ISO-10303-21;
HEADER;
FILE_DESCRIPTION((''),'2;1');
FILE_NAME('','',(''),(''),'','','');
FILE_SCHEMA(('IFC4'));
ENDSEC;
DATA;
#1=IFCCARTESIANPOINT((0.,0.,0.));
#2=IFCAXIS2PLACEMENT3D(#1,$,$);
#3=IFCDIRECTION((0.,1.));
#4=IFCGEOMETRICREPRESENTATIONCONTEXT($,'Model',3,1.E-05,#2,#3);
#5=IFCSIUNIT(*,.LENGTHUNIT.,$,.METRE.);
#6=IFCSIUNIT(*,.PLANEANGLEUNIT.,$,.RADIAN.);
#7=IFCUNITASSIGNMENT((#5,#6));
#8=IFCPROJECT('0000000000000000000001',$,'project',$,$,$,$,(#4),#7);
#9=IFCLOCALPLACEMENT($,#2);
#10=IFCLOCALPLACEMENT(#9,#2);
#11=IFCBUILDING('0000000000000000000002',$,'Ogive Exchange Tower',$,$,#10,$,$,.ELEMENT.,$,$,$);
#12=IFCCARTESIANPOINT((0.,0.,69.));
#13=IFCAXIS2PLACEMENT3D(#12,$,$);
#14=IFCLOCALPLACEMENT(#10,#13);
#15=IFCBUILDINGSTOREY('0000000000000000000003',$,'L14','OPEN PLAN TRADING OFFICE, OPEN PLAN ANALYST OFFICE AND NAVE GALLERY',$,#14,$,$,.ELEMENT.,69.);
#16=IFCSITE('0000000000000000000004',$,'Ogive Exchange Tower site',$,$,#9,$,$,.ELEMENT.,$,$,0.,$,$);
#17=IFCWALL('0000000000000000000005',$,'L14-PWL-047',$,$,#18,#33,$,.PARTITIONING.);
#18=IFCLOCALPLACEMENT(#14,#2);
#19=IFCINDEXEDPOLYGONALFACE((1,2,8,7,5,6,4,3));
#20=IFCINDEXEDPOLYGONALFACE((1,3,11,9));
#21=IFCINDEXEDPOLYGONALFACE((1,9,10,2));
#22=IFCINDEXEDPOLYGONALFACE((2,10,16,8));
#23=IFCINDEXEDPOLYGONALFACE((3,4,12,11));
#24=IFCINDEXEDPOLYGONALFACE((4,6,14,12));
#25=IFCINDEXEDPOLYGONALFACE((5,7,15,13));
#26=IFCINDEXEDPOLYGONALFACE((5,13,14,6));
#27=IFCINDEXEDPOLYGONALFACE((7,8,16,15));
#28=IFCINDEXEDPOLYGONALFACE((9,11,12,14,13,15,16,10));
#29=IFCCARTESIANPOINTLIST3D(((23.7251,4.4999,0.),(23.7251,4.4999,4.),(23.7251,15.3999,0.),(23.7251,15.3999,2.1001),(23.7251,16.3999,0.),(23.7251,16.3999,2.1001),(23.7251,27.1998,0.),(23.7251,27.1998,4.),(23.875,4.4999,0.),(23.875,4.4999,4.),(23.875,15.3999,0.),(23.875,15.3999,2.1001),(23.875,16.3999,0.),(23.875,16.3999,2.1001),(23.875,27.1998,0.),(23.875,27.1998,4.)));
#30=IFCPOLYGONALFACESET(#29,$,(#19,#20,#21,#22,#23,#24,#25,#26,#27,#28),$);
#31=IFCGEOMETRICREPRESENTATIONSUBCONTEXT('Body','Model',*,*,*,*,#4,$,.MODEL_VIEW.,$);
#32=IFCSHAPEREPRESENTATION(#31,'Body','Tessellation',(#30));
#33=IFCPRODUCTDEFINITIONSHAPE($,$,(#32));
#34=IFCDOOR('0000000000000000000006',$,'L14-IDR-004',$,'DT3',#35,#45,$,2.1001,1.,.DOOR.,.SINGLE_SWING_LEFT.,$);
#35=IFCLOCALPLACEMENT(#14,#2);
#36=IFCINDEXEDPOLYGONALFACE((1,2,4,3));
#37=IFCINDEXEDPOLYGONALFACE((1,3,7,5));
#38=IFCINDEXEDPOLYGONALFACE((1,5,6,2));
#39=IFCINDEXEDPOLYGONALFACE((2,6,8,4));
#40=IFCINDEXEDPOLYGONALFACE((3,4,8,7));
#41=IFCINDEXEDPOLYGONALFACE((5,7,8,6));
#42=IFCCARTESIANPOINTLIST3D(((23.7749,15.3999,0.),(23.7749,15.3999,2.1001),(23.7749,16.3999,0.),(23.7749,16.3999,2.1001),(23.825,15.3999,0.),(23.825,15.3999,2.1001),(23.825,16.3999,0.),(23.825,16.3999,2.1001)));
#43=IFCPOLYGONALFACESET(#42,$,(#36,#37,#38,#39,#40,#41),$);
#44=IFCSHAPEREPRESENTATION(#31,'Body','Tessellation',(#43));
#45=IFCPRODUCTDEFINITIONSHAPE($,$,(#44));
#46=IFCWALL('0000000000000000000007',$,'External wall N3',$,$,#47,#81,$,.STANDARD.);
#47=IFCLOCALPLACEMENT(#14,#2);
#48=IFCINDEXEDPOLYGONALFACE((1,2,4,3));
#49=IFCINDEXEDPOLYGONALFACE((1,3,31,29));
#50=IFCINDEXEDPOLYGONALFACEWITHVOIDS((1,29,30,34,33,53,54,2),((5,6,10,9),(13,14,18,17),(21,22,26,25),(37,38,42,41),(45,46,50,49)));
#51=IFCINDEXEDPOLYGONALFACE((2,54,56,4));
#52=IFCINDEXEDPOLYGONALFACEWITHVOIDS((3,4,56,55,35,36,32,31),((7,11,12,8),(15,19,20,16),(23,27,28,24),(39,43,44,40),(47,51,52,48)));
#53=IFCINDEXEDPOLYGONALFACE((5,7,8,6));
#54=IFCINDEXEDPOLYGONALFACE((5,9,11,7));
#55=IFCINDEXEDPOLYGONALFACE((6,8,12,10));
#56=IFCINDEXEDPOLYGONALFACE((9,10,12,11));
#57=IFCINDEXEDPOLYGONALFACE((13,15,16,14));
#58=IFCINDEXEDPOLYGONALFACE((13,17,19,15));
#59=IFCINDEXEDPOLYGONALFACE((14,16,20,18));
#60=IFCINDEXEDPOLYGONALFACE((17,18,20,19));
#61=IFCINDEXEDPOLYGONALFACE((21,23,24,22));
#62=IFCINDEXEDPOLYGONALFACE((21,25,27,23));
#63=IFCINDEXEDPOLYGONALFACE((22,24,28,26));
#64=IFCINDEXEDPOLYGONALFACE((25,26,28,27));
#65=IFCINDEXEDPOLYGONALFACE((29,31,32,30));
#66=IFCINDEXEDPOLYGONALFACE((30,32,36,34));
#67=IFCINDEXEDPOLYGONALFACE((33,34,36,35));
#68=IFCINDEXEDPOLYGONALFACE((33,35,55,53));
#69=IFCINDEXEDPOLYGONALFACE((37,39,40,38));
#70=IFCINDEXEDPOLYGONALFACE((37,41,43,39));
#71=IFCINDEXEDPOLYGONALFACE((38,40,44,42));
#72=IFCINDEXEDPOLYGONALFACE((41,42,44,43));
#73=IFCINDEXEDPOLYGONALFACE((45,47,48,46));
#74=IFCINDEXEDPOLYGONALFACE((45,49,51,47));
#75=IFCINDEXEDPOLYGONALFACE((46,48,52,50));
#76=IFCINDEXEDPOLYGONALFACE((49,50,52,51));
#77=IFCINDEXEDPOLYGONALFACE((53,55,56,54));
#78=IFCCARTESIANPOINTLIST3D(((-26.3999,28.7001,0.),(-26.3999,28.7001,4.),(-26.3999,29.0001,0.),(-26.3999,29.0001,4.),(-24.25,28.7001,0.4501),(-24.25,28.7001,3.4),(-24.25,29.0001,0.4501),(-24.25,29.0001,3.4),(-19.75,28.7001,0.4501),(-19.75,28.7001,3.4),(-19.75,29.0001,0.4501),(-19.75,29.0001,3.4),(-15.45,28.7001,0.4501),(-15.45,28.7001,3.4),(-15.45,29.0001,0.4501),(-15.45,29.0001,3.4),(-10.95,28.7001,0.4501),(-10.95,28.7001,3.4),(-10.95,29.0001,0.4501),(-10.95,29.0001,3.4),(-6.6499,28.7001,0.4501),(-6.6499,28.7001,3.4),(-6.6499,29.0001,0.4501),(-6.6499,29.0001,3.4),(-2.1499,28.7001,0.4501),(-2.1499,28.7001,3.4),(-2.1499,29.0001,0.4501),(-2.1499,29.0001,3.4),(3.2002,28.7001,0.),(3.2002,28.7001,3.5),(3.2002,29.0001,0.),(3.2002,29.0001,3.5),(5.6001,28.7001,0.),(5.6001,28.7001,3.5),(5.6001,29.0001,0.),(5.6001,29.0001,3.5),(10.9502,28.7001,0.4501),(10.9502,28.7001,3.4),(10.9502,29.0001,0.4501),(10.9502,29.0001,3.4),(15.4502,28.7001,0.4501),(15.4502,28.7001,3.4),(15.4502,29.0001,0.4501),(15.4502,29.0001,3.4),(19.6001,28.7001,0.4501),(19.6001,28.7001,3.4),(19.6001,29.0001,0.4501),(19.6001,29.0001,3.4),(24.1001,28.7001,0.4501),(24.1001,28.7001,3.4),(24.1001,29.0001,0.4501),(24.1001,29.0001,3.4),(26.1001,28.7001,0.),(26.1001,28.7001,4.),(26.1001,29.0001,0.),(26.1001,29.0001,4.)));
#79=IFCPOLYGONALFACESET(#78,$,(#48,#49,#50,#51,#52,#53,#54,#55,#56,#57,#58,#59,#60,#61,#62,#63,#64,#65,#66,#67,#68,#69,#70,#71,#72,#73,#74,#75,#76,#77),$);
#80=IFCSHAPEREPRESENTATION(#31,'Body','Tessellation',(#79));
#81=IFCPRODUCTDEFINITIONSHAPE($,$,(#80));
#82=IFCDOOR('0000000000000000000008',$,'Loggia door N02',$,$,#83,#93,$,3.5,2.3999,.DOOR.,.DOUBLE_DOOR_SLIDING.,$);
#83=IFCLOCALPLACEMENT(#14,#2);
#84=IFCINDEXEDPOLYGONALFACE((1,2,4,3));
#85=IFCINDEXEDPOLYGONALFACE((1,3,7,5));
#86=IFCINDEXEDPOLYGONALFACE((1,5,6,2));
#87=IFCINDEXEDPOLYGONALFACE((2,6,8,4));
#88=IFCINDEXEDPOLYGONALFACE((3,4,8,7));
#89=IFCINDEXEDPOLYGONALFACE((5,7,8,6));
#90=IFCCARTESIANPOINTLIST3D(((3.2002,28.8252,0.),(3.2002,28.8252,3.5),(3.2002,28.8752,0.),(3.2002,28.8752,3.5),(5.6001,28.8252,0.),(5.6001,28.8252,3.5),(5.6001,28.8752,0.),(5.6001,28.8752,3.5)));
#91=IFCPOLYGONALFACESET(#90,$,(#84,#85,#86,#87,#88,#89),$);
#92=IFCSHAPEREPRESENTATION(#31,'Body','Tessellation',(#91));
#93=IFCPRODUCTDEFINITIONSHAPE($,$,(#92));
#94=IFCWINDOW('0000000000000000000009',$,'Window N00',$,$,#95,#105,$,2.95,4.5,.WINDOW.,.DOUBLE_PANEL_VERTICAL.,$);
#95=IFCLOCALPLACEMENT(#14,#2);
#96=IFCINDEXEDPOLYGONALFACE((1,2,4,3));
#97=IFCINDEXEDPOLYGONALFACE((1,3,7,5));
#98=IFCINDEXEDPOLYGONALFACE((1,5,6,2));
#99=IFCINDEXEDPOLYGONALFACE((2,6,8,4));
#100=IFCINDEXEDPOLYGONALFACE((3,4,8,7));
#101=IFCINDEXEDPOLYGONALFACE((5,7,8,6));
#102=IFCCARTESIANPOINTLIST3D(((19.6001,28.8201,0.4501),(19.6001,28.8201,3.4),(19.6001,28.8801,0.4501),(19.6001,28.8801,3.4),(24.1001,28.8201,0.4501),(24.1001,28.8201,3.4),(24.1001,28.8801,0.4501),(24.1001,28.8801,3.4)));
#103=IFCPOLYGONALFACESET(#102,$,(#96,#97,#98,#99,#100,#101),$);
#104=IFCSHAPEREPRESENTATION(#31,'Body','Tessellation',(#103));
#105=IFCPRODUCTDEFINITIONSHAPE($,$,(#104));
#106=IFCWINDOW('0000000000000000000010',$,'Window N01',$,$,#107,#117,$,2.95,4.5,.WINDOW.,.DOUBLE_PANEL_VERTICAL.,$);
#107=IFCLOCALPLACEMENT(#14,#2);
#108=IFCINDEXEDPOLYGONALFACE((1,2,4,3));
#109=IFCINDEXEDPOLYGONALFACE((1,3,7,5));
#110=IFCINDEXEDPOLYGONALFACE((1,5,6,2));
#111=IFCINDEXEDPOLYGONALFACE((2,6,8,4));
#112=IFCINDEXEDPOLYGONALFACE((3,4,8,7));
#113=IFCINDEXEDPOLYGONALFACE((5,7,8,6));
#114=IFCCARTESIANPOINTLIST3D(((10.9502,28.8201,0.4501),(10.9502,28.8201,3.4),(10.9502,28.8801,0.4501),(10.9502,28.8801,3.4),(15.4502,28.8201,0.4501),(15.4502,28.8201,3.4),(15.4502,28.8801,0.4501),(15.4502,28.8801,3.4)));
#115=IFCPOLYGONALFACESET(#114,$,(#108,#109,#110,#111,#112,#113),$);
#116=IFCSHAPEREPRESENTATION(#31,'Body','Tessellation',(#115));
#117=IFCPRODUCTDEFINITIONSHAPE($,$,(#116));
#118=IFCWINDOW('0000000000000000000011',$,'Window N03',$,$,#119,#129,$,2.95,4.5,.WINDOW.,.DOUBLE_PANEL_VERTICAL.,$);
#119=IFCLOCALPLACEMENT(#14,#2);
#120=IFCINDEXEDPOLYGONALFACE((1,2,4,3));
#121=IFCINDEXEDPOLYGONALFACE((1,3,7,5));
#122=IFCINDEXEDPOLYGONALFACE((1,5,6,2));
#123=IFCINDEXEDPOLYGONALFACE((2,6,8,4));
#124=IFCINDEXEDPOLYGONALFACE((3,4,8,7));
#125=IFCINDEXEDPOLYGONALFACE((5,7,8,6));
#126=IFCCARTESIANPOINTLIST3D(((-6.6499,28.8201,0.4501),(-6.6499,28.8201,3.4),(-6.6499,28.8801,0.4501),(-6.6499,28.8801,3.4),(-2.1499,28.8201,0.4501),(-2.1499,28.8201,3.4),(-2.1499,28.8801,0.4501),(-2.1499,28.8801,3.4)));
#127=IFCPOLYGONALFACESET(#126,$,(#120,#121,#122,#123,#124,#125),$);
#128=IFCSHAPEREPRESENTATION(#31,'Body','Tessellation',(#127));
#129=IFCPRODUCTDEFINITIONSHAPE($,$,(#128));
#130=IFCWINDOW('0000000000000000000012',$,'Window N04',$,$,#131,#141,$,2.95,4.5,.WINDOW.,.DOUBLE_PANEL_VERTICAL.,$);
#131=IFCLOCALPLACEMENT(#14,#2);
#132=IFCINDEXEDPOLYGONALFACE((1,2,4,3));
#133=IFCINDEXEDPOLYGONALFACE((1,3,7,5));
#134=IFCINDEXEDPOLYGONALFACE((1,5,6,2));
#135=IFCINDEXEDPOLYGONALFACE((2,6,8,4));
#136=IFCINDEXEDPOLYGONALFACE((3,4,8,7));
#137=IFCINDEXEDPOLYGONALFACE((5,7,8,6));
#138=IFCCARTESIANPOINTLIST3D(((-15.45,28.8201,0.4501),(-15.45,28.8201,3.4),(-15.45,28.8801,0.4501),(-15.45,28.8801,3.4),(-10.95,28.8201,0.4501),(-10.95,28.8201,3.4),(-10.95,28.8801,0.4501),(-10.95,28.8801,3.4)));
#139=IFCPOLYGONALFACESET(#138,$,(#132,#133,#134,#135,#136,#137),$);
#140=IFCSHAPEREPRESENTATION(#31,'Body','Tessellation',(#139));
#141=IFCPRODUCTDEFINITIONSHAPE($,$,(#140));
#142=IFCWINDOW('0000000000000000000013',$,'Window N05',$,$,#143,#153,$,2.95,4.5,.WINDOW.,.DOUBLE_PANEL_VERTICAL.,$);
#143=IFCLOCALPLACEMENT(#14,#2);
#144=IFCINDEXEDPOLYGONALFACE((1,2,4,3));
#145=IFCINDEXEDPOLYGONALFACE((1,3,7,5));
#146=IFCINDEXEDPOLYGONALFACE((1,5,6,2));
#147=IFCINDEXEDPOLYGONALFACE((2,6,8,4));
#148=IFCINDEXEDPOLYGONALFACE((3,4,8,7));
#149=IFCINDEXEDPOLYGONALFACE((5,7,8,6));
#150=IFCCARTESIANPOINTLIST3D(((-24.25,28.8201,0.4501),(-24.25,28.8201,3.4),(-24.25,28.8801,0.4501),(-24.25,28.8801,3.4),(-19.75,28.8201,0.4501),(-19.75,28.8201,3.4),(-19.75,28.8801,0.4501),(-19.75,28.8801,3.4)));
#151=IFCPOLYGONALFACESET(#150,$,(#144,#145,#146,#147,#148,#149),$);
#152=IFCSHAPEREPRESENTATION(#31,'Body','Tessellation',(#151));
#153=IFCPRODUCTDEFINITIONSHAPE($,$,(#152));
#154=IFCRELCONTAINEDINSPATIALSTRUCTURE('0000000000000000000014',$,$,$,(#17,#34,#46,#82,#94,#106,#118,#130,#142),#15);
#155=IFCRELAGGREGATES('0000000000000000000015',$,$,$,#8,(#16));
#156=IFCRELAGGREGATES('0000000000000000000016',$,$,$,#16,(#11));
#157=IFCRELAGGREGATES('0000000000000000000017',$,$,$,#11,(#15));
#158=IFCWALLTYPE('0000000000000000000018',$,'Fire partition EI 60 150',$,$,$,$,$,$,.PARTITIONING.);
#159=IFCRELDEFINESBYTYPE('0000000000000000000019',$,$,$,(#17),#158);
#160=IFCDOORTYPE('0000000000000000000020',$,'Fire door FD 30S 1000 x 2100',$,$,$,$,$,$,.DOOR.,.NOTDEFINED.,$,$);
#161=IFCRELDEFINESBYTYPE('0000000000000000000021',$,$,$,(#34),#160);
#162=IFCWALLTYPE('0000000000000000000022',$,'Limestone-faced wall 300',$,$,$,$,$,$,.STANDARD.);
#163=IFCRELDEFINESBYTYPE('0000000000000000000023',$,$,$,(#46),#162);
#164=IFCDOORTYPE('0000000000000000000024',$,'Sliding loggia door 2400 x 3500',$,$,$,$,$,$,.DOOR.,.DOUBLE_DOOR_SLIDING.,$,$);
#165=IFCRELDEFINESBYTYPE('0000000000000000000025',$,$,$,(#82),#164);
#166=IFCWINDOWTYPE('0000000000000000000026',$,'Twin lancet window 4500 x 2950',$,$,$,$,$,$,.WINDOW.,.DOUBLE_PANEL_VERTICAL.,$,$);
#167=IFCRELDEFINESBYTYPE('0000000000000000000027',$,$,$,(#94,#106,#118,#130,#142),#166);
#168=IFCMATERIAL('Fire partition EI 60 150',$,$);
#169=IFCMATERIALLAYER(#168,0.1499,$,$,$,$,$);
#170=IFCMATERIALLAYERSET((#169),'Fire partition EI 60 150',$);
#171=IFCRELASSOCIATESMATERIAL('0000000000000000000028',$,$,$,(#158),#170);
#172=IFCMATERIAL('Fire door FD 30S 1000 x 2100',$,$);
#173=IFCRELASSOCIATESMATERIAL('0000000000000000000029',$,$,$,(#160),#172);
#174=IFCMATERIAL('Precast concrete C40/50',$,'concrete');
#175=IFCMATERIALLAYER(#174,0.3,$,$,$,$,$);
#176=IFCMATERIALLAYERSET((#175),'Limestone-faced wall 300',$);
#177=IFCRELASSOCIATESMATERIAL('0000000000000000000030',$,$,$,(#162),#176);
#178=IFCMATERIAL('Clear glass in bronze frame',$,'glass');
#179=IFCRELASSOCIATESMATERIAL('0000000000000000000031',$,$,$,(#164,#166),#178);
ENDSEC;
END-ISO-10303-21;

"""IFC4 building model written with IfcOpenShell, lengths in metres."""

from ifc_helpers import new_model, si_unit, direction, frame, frame_2d, origin, place, context, subcontext, project, spatial, rectangle, extrude, material, layer, layer_set, type_object, element, fill, save


model = new_model("IFC4")

# Units and contexts
model_context = context("Model", 3, precision=1e-05, world=origin(), true_north=direction((0.0, 1.0)))
body_context = subcontext(model_context, "Body", "Model", "MODEL_VIEW")
ifc_project = project(units=[si_unit("LENGTHUNIT", "METRE"), si_unit("PLANEANGLEUNIT", "RADIAN")], contexts=[model_context])

# Site, building, storey
site_placement = place(None, origin())
site = spatial("IfcSite", under=ifc_project, at=site_placement, Name="Ogive Exchange Tower site", CompositionType="ELEMENT", RefElevation=0.0)
building_placement = place(site_placement, origin())
building = spatial("IfcBuilding", under=site, at=building_placement, Name="Ogive Exchange Tower", CompositionType="ELEMENT")
storey_placement = place(building_placement, frame((0.0, 0.0, 69.0)))
storey = spatial("IfcBuildingStorey", under=building, at=storey_placement, Name="L14", Description="OPEN PLAN TRADING OFFICE, OPEN PLAN ANALYST OFFICE AND NAVE GALLERY", CompositionType="ELEMENT", Elevation=69.0)

# Shared definitions
ifc_material_1 = material(Name="Fire partition EI 60 150")
ifc_layer_1 = layer(ifc_material_1, 0.1499)
ifc_layer_set_1 = layer_set([ifc_layer_1], Name="Fire partition EI 60 150")
wall_type_1 = type_object("IfcWallType", Name="Fire partition EI 60 150", PredefinedType="PARTITIONING", material=ifc_layer_set_1)

# Wall, opening, door
wall_1_placement = place(storey_placement, frame((23.8, 27.2, 0.0), z_axis=(0.0, 0.0, 1.0), x_axis=(0.0, -1.0, 0.0)))
wall_1 = element("IfcWall", 1, at=wall_1_placement, inside=storey, type_object=wall_type_1, Name="L14-PWL-047", PredefinedType="PARTITIONING", context=body_context, shape_type="SweptSolid", body=[
    extrude(rectangle(XDim=22.7, YDim=0.1499, at=frame_2d((11.3501, 0.0))), origin(), (0.0, 0.0, 1.0), 4.0),
])
opening_1_placement = place(wall_1_placement, frame((10.8, 0.0, 0.0)))
opening_1 = element("IfcOpeningElement", 2, at=opening_1_placement, cuts=wall_1, PredefinedType="OPENING", context=body_context, shape_type="SweptSolid", body=[
    extrude(rectangle(XDim=1.0, YDim=2.1001, at=frame_2d((0.5, 1.05))), frame((0.0, 0.085, 0.0), z_axis=(0.0, -1.0, 0.0), x_axis=(1.0, 0.0, 0.0)), (0.0, 0.0, 1.0), 0.1699),
])
ifc_material_2 = material(Name="Fire door FD 30S 1000 x 2100")
door_type_1 = type_object("IfcDoorType", Name="Fire door FD 30S 1000 x 2100", OperationType="NOTDEFINED", PredefinedType="DOOR", material=ifc_material_2)
door_1_placement = place(opening_1_placement, origin())
door_1 = element("IfcDoor", 3, at=door_1_placement, inside=storey, type_object=door_type_1, Name="L14-IDR-004", ObjectType="DT3", OperationType="SINGLE_SWING_LEFT", OverallHeight=2.1001, OverallWidth=1.0, PredefinedType="DOOR", context=body_context, shape_type="SweptSolid", body=[
    extrude(rectangle(XDim=1.0, YDim=2.1001, at=frame_2d((0.5, 1.05))), frame((0.0, 0.0249, 0.0), z_axis=(0.0, -1.0, 0.0), x_axis=(1.0, 0.0, 0.0)), (0.0, 0.0, 1.0), 0.05),
])
fill(opening_1, door_1)

# Wall, openings, door, windows
ifc_material_3 = material(Name="Precast concrete C40/50", Category="concrete")
ifc_layer_2 = layer(ifc_material_3, 0.3)
ifc_layer_set_2 = layer_set([ifc_layer_2], Name="Limestone-faced wall 300")
wall_type_2 = type_object("IfcWallType", Name="Limestone-faced wall 300", PredefinedType="STANDARD", material=ifc_layer_set_2)
wall_2_placement = place(storey_placement, frame((26.1001, 28.8501, 0.0), z_axis=(0.0, 0.0, 1.0), x_axis=(-1.0, 0.0, 0.0)))
wall_2 = element("IfcWall", 4, at=wall_2_placement, inside=storey, type_object=wall_type_2, Name="External wall N3", PredefinedType="STANDARD", context=body_context, shape_type="SweptSolid", body=[
    extrude(rectangle(XDim=52.5, YDim=0.3, at=frame_2d((26.25, 0.0))), origin(), (0.0, 0.0, 1.0), 4.0),
])
opening_2_placement = place(wall_2_placement, frame((2.0, 0.0, 0.45)))
opening_2 = element("IfcOpeningElement", 5, at=opening_2_placement, cuts=wall_2, PredefinedType="OPENING", context=body_context, shape_type="SweptSolid", body=[
    extrude(rectangle(XDim=4.5, YDim=2.95, at=frame_2d((2.25, 1.4751))), frame((0.0, 0.1599, 0.0), z_axis=(0.0, -1.0, 0.0), x_axis=(1.0, 0.0, 0.0)), (0.0, 0.0, 1.0), 0.3201),
])
opening_3_placement = place(wall_2_placement, frame((10.6499, 0.0, 0.45)))
opening_3 = element("IfcOpeningElement", 6, at=opening_3_placement, cuts=wall_2, PredefinedType="OPENING", context=body_context, shape_type="SweptSolid", body=[
    extrude(rectangle(XDim=4.5, YDim=2.95, at=frame_2d((2.25, 1.4751))), frame((0.0, 0.1599, 0.0), z_axis=(0.0, -1.0, 0.0), x_axis=(1.0, 0.0, 0.0)), (0.0, 0.0, 1.0), 0.3201),
])
opening_4_placement = place(wall_2_placement, frame((20.5, 0.0, 0.0)))
opening_4 = element("IfcOpeningElement", 7, at=opening_4_placement, cuts=wall_2, PredefinedType="OPENING", context=body_context, shape_type="SweptSolid", body=[
    extrude(rectangle(XDim=2.3999, YDim=3.5, at=frame_2d((1.2, 1.75))), frame((0.0, 0.1599, 0.0), z_axis=(0.0, -1.0, 0.0), x_axis=(1.0, 0.0, 0.0)), (0.0, 0.0, 1.0), 0.3201),
])
opening_5_placement = place(wall_2_placement, frame((28.25, 0.0, 0.45)))
opening_5 = element("IfcOpeningElement", 8, at=opening_5_placement, cuts=wall_2, PredefinedType="OPENING", context=body_context, shape_type="SweptSolid", body=[
    extrude(rectangle(XDim=4.5, YDim=2.95, at=frame_2d((2.25, 1.4751))), frame((0.0, 0.1599, 0.0), z_axis=(0.0, -1.0, 0.0), x_axis=(1.0, 0.0, 0.0)), (0.0, 0.0, 1.0), 0.3201),
])
opening_6_placement = place(wall_2_placement, frame((37.05, 0.0, 0.45)))
opening_6 = element("IfcOpeningElement", 9, at=opening_6_placement, cuts=wall_2, PredefinedType="OPENING", context=body_context, shape_type="SweptSolid", body=[
    extrude(rectangle(XDim=4.5, YDim=2.95, at=frame_2d((2.25, 1.4751))), frame((0.0, 0.1599, 0.0), z_axis=(0.0, -1.0, 0.0), x_axis=(1.0, 0.0, 0.0)), (0.0, 0.0, 1.0), 0.3201),
])
opening_7_placement = place(wall_2_placement, frame((45.8501, 0.0, 0.45)))
opening_7 = element("IfcOpeningElement", 10, at=opening_7_placement, cuts=wall_2, PredefinedType="OPENING", context=body_context, shape_type="SweptSolid", body=[
    extrude(rectangle(XDim=4.5, YDim=2.95, at=frame_2d((2.25, 1.4751))), frame((0.0, 0.1599, 0.0), z_axis=(0.0, -1.0, 0.0), x_axis=(1.0, 0.0, 0.0)), (0.0, 0.0, 1.0), 0.3201),
])
ifc_material_4 = material(Name="Clear glass in bronze frame", Category="glass")
door_type_2 = type_object("IfcDoorType", Name="Sliding loggia door 2400 x 3500", OperationType="DOUBLE_DOOR_SLIDING", PredefinedType="DOOR", material=ifc_material_4)
door_2_placement = place(opening_4_placement, origin())
door_2 = element("IfcDoor", 11, at=door_2_placement, inside=storey, type_object=door_type_2, Name="Loggia door N02", OperationType="DOUBLE_DOOR_SLIDING", OverallHeight=3.5, OverallWidth=2.3999, PredefinedType="DOOR", context=body_context, shape_type="SweptSolid", body=[
    extrude(rectangle(XDim=2.3999, YDim=3.5, at=frame_2d((1.2, 1.75))), frame((0.0, 0.0249, 0.0), z_axis=(0.0, -1.0, 0.0), x_axis=(1.0, 0.0, 0.0)), (0.0, 0.0, 1.0), 0.05),
])
fill(opening_4, door_2)
window_type = type_object("IfcWindowType", Name="Twin lancet window 4500 x 2950", PartitioningType="DOUBLE_PANEL_VERTICAL", PredefinedType="WINDOW", material=ifc_material_4)
window_1_placement = place(opening_2_placement, origin())
window_1 = element("IfcWindow", 12, at=window_1_placement, inside=storey, type_object=window_type, Name="Window N00", OverallHeight=2.95, OverallWidth=4.5, PartitioningType="DOUBLE_PANEL_VERTICAL", PredefinedType="WINDOW", context=body_context, shape_type="SweptSolid", body=[
    extrude(rectangle(XDim=4.5, YDim=2.95, at=frame_2d((2.25, 1.4751))), frame((0.0, 0.03, 0.0), z_axis=(0.0, -1.0, 0.0), x_axis=(1.0, 0.0, 0.0)), (0.0, 0.0, 1.0), 0.0601),
])
fill(opening_2, window_1)
window_2_placement = place(opening_3_placement, origin())
window_2 = element("IfcWindow", 13, at=window_2_placement, inside=storey, type_object=window_type, Name="Window N01", OverallHeight=2.95, OverallWidth=4.5, PartitioningType="DOUBLE_PANEL_VERTICAL", PredefinedType="WINDOW", context=body_context, shape_type="SweptSolid", body=[
    extrude(rectangle(XDim=4.5, YDim=2.95, at=frame_2d((2.25, 1.4751))), frame((0.0, 0.03, 0.0), z_axis=(0.0, -1.0, 0.0), x_axis=(1.0, 0.0, 0.0)), (0.0, 0.0, 1.0), 0.0601),
])
fill(opening_3, window_2)
window_3_placement = place(opening_5_placement, origin())
window_3 = element("IfcWindow", 14, at=window_3_placement, inside=storey, type_object=window_type, Name="Window N03", OverallHeight=2.95, OverallWidth=4.5, PartitioningType="DOUBLE_PANEL_VERTICAL", PredefinedType="WINDOW", context=body_context, shape_type="SweptSolid", body=[
    extrude(rectangle(XDim=4.5, YDim=2.95, at=frame_2d((2.25, 1.4751))), frame((0.0, 0.03, 0.0), z_axis=(0.0, -1.0, 0.0), x_axis=(1.0, 0.0, 0.0)), (0.0, 0.0, 1.0), 0.0601),
])
fill(opening_5, window_3)
window_4_placement = place(opening_6_placement, origin())
window_4 = element("IfcWindow", 15, at=window_4_placement, inside=storey, type_object=window_type, Name="Window N04", OverallHeight=2.95, OverallWidth=4.5, PartitioningType="DOUBLE_PANEL_VERTICAL", PredefinedType="WINDOW", context=body_context, shape_type="SweptSolid", body=[
    extrude(rectangle(XDim=4.5, YDim=2.95, at=frame_2d((2.25, 1.4751))), frame((0.0, 0.03, 0.0), z_axis=(0.0, -1.0, 0.0), x_axis=(1.0, 0.0, 0.0)), (0.0, 0.0, 1.0), 0.0601),
])
fill(opening_6, window_4)
window_5_placement = place(opening_7_placement, origin())
window_5 = element("IfcWindow", 16, at=window_5_placement, inside=storey, type_object=window_type, Name="Window N05", OverallHeight=2.95, OverallWidth=4.5, PartitioningType="DOUBLE_PANEL_VERTICAL", PredefinedType="WINDOW", context=body_context, shape_type="SweptSolid", body=[
    extrude(rectangle(XDim=4.5, YDim=2.95, at=frame_2d((2.25, 1.4751))), frame((0.0, 0.03, 0.0), z_axis=(0.0, -1.0, 0.0), x_axis=(1.0, 0.0, 0.0)), (0.0, 0.0, 1.0), 0.0601),
])
fill(opening_7, window_5)

save(model, "model.ifc")
